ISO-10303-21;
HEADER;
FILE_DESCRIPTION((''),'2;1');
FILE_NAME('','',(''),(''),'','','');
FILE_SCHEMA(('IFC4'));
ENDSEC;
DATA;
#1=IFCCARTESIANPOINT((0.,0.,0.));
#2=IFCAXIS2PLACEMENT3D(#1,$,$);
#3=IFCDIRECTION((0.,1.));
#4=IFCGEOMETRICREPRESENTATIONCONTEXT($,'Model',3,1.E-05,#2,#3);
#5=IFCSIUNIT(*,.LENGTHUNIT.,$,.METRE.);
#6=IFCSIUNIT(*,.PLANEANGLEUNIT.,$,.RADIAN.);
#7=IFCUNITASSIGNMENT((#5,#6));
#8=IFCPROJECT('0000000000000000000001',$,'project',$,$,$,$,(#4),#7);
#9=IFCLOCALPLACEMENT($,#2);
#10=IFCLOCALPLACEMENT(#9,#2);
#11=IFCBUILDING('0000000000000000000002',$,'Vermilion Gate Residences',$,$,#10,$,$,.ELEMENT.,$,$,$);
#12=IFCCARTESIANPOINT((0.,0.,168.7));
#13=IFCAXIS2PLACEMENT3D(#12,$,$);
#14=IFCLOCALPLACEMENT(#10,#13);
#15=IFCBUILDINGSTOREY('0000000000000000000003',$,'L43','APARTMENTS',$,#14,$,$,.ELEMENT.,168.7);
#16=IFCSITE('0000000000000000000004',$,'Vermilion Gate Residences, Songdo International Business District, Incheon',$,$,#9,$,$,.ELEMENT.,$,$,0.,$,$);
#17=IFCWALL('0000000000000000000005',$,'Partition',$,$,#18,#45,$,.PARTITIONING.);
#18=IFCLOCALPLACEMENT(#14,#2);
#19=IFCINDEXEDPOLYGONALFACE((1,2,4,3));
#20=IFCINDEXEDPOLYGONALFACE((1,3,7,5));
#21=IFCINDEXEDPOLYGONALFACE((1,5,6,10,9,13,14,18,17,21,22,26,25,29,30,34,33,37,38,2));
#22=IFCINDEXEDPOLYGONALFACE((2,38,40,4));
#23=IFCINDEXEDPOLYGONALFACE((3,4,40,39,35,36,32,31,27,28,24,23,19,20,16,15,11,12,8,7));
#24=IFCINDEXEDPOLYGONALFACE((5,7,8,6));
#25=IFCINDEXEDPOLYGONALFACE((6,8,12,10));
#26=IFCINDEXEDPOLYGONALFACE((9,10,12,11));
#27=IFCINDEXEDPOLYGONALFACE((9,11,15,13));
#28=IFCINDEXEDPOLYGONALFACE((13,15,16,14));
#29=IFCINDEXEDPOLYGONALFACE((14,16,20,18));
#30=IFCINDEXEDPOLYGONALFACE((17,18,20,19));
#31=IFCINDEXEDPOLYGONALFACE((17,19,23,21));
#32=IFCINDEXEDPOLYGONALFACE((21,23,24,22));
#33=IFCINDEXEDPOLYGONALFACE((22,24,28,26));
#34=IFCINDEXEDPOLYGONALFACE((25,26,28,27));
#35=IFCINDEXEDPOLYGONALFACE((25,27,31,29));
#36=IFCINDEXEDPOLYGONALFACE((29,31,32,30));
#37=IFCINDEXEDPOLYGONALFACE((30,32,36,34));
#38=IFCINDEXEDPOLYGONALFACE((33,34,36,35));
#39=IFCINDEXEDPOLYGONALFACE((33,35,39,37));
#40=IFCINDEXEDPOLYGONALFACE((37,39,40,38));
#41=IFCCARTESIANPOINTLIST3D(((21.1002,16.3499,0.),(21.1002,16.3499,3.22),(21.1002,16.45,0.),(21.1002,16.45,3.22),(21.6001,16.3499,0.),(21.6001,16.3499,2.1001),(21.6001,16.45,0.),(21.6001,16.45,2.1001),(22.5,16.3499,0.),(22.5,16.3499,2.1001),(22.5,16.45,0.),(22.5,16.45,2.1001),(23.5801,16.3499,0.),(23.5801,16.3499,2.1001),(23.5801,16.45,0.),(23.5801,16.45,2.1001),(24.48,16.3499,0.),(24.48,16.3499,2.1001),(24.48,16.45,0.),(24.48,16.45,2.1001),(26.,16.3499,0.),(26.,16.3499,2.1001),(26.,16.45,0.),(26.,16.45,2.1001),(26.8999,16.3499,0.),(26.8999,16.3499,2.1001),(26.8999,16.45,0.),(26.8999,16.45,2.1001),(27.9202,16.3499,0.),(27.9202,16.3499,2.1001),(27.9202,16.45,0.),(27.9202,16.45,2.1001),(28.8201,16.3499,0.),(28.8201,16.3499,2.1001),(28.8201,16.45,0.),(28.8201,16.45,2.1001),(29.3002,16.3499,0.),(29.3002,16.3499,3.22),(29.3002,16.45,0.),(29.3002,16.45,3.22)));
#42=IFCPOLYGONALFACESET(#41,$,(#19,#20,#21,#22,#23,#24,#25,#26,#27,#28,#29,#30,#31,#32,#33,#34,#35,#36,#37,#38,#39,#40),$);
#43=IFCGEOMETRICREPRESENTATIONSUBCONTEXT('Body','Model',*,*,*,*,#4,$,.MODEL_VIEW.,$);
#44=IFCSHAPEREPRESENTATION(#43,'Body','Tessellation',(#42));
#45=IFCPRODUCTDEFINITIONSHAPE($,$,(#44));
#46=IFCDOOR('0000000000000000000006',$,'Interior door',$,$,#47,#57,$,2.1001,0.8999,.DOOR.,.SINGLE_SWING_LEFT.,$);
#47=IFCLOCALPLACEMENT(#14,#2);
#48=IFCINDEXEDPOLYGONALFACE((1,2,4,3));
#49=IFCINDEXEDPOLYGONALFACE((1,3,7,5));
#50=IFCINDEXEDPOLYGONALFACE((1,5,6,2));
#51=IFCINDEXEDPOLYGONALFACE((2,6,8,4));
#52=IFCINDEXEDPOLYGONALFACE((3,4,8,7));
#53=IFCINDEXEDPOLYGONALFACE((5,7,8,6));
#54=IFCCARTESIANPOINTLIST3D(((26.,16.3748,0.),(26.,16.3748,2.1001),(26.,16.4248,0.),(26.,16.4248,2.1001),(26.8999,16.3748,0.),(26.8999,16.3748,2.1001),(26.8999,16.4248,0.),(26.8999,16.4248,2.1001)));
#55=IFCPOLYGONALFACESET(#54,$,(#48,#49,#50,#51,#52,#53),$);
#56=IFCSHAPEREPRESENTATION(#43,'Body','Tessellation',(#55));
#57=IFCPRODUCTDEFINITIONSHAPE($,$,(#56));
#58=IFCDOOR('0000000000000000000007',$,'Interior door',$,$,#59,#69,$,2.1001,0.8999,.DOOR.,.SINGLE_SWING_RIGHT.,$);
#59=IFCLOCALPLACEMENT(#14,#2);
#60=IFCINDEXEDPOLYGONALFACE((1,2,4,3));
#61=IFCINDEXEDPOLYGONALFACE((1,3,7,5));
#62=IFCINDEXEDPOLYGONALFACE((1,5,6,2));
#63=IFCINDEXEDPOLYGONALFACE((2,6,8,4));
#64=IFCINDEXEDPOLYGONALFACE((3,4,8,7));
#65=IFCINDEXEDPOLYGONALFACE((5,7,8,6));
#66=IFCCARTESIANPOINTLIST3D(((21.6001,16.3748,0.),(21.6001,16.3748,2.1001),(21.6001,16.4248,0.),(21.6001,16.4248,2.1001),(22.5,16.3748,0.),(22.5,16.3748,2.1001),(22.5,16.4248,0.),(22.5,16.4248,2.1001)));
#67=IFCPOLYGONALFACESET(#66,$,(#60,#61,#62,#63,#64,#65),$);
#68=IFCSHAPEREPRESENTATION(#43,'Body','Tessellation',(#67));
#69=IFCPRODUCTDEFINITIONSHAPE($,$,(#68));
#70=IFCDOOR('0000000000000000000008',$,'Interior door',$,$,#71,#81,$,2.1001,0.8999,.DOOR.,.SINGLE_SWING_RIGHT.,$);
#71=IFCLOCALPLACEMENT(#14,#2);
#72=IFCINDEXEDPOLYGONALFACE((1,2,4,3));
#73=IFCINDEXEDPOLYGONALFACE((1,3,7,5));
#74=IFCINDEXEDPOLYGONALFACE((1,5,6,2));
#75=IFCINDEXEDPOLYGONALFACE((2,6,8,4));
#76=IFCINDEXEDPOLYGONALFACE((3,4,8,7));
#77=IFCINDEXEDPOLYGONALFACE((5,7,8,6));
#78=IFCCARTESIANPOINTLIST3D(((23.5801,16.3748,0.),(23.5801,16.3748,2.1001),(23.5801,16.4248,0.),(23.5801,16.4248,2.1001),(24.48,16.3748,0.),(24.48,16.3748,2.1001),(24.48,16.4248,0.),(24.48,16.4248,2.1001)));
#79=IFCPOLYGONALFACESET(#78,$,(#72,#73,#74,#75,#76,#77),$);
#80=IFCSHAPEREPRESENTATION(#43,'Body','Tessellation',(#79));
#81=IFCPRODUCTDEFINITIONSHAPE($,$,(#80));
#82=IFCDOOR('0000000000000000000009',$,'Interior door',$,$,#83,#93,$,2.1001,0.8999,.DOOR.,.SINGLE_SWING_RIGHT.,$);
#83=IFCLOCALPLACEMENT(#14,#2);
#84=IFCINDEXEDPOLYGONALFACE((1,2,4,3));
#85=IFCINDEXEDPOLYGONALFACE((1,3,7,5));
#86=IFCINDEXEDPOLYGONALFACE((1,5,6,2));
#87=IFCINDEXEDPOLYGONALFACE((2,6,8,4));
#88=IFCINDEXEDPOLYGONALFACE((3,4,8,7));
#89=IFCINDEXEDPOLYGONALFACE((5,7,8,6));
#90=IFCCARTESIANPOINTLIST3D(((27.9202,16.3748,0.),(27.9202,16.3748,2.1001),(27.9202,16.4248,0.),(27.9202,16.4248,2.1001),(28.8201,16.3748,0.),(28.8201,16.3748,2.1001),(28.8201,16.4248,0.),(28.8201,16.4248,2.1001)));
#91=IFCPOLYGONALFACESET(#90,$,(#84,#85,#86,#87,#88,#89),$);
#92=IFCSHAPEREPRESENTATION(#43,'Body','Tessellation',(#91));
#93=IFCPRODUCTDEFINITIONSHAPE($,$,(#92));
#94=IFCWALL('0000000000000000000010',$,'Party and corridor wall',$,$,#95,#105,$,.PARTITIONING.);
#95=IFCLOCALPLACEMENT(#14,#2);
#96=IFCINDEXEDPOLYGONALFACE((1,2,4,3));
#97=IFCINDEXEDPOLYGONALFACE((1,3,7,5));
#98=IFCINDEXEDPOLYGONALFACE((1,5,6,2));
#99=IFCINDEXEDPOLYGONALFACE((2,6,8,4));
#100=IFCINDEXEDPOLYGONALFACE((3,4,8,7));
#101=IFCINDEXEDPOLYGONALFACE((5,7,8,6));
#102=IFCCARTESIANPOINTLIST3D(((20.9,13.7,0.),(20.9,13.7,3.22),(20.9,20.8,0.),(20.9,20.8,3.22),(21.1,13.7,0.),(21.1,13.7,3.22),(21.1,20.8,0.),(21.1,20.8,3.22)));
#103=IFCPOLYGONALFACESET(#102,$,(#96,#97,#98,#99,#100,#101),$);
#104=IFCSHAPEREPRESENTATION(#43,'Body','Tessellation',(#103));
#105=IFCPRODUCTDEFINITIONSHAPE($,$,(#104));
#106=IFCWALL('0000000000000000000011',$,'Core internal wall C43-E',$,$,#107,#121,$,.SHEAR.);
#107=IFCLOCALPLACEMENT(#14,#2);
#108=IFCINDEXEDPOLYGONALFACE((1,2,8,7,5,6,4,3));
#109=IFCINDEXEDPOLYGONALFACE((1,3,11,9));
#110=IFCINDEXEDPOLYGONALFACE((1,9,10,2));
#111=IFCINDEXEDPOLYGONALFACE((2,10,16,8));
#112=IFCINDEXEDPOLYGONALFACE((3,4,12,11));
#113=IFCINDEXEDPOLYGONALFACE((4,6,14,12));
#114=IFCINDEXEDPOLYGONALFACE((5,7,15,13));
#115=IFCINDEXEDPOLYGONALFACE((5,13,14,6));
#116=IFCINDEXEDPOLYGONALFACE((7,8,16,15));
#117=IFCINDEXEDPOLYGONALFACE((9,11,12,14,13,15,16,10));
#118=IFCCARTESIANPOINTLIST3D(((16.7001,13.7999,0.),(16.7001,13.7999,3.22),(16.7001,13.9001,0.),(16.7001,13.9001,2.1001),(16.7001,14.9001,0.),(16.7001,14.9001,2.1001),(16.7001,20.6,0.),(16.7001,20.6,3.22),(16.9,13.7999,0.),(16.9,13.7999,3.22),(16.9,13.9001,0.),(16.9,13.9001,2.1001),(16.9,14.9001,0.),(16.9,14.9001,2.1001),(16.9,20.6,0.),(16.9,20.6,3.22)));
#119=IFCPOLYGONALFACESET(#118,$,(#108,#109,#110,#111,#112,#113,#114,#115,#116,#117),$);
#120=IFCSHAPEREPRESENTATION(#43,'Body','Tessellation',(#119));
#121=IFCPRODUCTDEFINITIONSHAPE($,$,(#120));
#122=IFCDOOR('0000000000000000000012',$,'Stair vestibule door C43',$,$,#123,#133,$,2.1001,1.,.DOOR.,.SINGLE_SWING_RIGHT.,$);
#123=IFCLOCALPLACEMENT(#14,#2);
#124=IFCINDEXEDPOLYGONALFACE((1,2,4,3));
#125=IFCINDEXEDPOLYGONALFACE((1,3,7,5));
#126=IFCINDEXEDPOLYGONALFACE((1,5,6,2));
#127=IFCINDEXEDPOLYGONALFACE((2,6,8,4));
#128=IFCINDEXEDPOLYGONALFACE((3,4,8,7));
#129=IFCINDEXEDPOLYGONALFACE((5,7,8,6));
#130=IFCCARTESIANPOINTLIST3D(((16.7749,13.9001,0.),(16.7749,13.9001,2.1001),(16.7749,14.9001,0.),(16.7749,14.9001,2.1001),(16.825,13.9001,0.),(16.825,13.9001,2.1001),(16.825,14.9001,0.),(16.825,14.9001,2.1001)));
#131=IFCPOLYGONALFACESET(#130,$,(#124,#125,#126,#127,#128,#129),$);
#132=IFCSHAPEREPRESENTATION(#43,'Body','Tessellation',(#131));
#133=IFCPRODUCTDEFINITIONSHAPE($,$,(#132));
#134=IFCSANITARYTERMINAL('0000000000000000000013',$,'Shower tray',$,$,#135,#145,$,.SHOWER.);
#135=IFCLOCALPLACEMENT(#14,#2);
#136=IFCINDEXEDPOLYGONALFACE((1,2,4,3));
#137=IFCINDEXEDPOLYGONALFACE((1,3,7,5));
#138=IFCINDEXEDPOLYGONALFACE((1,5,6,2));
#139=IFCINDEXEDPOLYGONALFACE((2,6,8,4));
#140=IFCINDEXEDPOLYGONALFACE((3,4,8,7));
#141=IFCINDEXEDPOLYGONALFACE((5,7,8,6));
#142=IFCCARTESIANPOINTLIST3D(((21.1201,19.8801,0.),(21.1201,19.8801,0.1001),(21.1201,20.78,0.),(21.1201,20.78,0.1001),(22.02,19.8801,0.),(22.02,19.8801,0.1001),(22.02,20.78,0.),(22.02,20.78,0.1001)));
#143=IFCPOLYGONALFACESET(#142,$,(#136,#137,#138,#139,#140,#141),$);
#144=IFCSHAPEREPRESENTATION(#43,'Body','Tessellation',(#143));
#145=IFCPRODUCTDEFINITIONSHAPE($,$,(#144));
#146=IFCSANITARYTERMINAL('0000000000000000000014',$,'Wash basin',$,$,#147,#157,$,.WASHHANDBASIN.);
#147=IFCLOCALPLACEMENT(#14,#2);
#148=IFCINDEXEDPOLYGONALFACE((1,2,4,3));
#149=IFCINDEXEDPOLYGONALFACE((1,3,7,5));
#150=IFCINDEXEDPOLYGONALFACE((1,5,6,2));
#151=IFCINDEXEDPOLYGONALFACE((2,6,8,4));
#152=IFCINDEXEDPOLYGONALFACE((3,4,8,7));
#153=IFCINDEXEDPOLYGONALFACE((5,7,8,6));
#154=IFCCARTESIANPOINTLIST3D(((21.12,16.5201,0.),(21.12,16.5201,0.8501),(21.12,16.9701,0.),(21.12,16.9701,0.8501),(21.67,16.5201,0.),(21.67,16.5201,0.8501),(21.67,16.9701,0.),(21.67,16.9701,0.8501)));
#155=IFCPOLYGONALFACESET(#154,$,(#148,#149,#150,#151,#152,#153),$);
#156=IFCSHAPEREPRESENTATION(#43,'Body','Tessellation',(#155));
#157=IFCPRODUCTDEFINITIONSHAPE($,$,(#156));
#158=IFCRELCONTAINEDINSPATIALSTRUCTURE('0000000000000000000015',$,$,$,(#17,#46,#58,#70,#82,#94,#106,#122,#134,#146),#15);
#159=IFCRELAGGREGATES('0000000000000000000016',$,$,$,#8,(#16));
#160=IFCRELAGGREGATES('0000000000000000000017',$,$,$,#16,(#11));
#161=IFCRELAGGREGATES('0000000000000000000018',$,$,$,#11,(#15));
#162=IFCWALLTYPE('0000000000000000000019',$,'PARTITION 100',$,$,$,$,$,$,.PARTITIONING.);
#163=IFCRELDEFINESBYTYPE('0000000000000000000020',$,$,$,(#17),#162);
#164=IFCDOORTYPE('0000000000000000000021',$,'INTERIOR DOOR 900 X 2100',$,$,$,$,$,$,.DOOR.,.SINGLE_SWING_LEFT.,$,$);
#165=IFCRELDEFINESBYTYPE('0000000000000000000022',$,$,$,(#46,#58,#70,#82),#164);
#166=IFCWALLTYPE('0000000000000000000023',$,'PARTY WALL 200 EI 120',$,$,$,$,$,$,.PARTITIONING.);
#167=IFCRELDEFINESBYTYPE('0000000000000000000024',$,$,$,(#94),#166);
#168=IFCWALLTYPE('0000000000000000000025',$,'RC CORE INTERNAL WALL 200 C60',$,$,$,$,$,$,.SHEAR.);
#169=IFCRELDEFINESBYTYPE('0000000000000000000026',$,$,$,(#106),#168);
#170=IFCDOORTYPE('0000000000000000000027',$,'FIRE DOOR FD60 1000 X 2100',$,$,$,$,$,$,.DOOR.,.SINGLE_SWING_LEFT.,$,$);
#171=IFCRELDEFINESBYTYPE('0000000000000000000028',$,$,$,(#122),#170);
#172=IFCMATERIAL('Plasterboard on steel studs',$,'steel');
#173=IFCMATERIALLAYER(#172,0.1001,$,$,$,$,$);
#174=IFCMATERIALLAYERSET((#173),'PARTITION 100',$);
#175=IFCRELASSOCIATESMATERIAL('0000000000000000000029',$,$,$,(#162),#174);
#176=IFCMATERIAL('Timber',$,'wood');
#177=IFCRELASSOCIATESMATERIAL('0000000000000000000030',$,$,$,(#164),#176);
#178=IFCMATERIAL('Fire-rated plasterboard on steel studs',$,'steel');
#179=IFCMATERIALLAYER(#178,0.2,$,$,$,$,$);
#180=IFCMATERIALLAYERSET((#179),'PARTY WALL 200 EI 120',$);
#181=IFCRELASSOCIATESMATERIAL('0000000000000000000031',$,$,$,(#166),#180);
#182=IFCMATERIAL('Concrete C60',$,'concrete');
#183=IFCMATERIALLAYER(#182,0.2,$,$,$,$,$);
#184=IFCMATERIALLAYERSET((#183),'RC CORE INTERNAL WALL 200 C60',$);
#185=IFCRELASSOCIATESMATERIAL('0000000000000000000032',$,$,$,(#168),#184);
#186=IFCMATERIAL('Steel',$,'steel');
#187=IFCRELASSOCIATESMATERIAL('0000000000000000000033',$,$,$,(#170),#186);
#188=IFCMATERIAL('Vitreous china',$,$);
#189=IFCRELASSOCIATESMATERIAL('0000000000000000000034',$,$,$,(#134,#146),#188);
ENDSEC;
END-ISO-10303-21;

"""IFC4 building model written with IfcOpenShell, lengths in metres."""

from ifc_helpers import new_model, si_unit, direction, frame, frame_2d, origin, origin_2d, place, context, subcontext, project, spatial, rectangle, extrude, material, layer, layer_set, type_object, element, fill, save


model = new_model("IFC4")

# Units and contexts
model_context = context("Model", 3, precision=1e-05, world=origin(), true_north=direction((0.0, 1.0)))
body_context = subcontext(model_context, "Body", "Model", "MODEL_VIEW")
ifc_project = project(units=[si_unit("LENGTHUNIT", "METRE"), si_unit("PLANEANGLEUNIT", "RADIAN")], contexts=[model_context])

# Site, building, storey
site_placement = place(None, origin())
site = spatial("IfcSite", under=ifc_project, at=site_placement, Name="Vermilion Gate Residences, Songdo International Business District, Incheon", CompositionType="ELEMENT", RefElevation=0.0)
building_placement = place(site_placement, origin())
building = spatial("IfcBuilding", under=site, at=building_placement, Name="Vermilion Gate Residences", CompositionType="ELEMENT")
storey_placement = place(building_placement, frame((0.0, 0.0, 168.7)))
storey = spatial("IfcBuildingStorey", under=building, at=storey_placement, Name="L43", Description="APARTMENTS", CompositionType="ELEMENT", Elevation=168.7)

# Wall, openings, doors
ifc_material_1 = material(Name="Plasterboard on steel studs", Category="steel")
ifc_layer_1 = layer(ifc_material_1, 0.1001)
ifc_layer_set_1 = layer_set([ifc_layer_1], Name="PARTITION 100")
wall_type_1 = type_object("IfcWallType", Name="PARTITION 100", PredefinedType="PARTITIONING", material=ifc_layer_set_1)
ifc_material_2 = material(Name="Timber", Category="wood")
door_type_1 = type_object("IfcDoorType", Name="INTERIOR DOOR 900 X 2100", OperationType="SINGLE_SWING_LEFT", PredefinedType="DOOR", material=ifc_material_2)
wall_1_placement = place(storey_placement, frame((21.1001, 16.3999, 0.0), z_axis=(0.0, 0.0, 1.0), x_axis=(1.0, 0.0, 0.0)))
wall_1 = element("IfcWall", 1, at=wall_1_placement, inside=storey, type_object=wall_type_1, Name="Partition", PredefinedType="PARTITIONING", context=body_context, shape_type="SweptSolid", body=[
    extrude(rectangle(XDim=8.2, YDim=0.1001, at=frame_2d((4.1001, 0.0))), origin(), (0.0, 0.0, 1.0), 3.22),
])
opening_1_placement = place(wall_1_placement, frame((4.8999, 0.0, 0.0)))
opening_1 = element("IfcOpeningElement", 2, at=opening_1_placement, cuts=wall_1, PredefinedType="OPENING", context=body_context, shape_type="SweptSolid", body=[
    extrude(rectangle(XDim=0.8999, YDim=2.1001, at=frame_2d((0.45, 1.05))), frame((0.0, 0.0601, 0.0), z_axis=(0.0, -1.0, 0.0), x_axis=(1.0, 0.0, 0.0)), (0.0, 0.0, 1.0), 0.1201),
])
opening_2_placement = place(wall_1_placement, frame((0.5, 0.0, 0.0)))
opening_2 = element("IfcOpeningElement", 3, at=opening_2_placement, cuts=wall_1, PredefinedType="OPENING", context=body_context, shape_type="SweptSolid", body=[
    extrude(rectangle(XDim=0.8999, YDim=2.1001, at=frame_2d((0.45, 1.05))), frame((0.0, 0.0601, 0.0), z_axis=(0.0, -1.0, 0.0), x_axis=(1.0, 0.0, 0.0)), (0.0, 0.0, 1.0), 0.1201),
])
opening_3_placement = place(wall_1_placement, frame((2.48, 0.0, 0.0)))
opening_3 = element("IfcOpeningElement", 4, at=opening_3_placement, cuts=wall_1, PredefinedType="OPENING", context=body_context, shape_type="SweptSolid", body=[
    extrude(rectangle(XDim=0.8999, YDim=2.1001, at=frame_2d((0.45, 1.05))), frame((0.0, 0.0601, 0.0), z_axis=(0.0, -1.0, 0.0), x_axis=(1.0, 0.0, 0.0)), (0.0, 0.0, 1.0), 0.1201),
])
opening_4_placement = place(wall_1_placement, frame((6.8201, 0.0, 0.0)))
opening_4 = element("IfcOpeningElement", 5, at=opening_4_placement, cuts=wall_1, PredefinedType="OPENING", context=body_context, shape_type="SweptSolid", body=[
    extrude(rectangle(XDim=0.8999, YDim=2.1001, at=frame_2d((0.45, 1.05))), frame((0.0, 0.0601, 0.0), z_axis=(0.0, -1.0, 0.0), x_axis=(1.0, 0.0, 0.0)), (0.0, 0.0, 1.0), 0.1201),
])
door_1_placement = place(opening_1_placement, origin())
door_1 = element("IfcDoor", 6, at=door_1_placement, inside=storey, type_object=door_type_1, Name="Interior door", OperationType="SINGLE_SWING_LEFT", OverallHeight=2.1001, OverallWidth=0.8999, PredefinedType="DOOR", context=body_context, shape_type="SweptSolid", body=[
    extrude(rectangle(XDim=0.8999, YDim=2.1001, at=frame_2d((0.45, 1.05))), frame((0.0, 0.0249, 0.0), z_axis=(0.0, -1.0, 0.0), x_axis=(1.0, 0.0, 0.0)), (0.0, 0.0, 1.0), 0.05),
])
fill(opening_1, door_1)
door_2_placement = place(opening_2_placement, origin())
door_2 = element("IfcDoor", 7, at=door_2_placement, inside=storey, type_object=door_type_1, Name="Interior door", OperationType="SINGLE_SWING_RIGHT", OverallHeight=2.1001, OverallWidth=0.8999, PredefinedType="DOOR", context=body_context, shape_type="SweptSolid", body=[
    extrude(rectangle(XDim=0.8999, YDim=2.1001, at=frame_2d((0.45, 1.05))), frame((0.0, 0.0249, 0.0), z_axis=(0.0, -1.0, 0.0), x_axis=(1.0, 0.0, 0.0)), (0.0, 0.0, 1.0), 0.05),
])
fill(opening_2, door_2)
door_3_placement = place(opening_3_placement, origin())
door_3 = element("IfcDoor", 8, at=door_3_placement, inside=storey, type_object=door_type_1, Name="Interior door", OperationType="SINGLE_SWING_RIGHT", OverallHeight=2.1001, OverallWidth=0.8999, PredefinedType="DOOR", context=body_context, shape_type="SweptSolid", body=[
    extrude(rectangle(XDim=0.8999, YDim=2.1001, at=frame_2d((0.45, 1.05))), frame((0.0, 0.0249, 0.0), z_axis=(0.0, -1.0, 0.0), x_axis=(1.0, 0.0, 0.0)), (0.0, 0.0, 1.0), 0.05),
])
fill(opening_3, door_3)
door_4_placement = place(opening_4_placement, origin())
door_4 = element("IfcDoor", 9, at=door_4_placement, inside=storey, type_object=door_type_1, Name="Interior door", OperationType="SINGLE_SWING_RIGHT", OverallHeight=2.1001, OverallWidth=0.8999, PredefinedType="DOOR", context=body_context, shape_type="SweptSolid", body=[
    extrude(rectangle(XDim=0.8999, YDim=2.1001, at=frame_2d((0.45, 1.05))), frame((0.0, 0.0249, 0.0), z_axis=(0.0, -1.0, 0.0), x_axis=(1.0, 0.0, 0.0)), (0.0, 0.0, 1.0), 0.05),
])
fill(opening_4, door_4)

# Wall
ifc_material_3 = material(Name="Fire-rated plasterboard on steel studs", Category="steel")
ifc_layer_2 = layer(ifc_material_3, 0.2)
ifc_layer_set_2 = layer_set([ifc_layer_2], Name="PARTY WALL 200 EI 120")
wall_type_2 = type_object("IfcWallType", Name="PARTY WALL 200 EI 120", PredefinedType="PARTITIONING", material=ifc_layer_set_2)
wall_2_placement = place(storey_placement, frame((21.0, 13.7, 0.0), z_axis=(0.0, 0.0, 1.0), x_axis=(0.0, 1.0, 0.0)))
element("IfcWall", 10, at=wall_2_placement, inside=storey, type_object=wall_type_2, Name="Party and corridor wall", PredefinedType="PARTITIONING", context=body_context, shape_type="SweptSolid", body=[
    extrude(rectangle(XDim=7.1001, YDim=0.2, at=frame_2d((3.55, 0.0))), origin(), (0.0, 0.0, 1.0), 3.22),
])

# Wall, opening, door
ifc_material_4 = material(Name="Concrete C60", Category="concrete")
ifc_layer_3 = layer(ifc_material_4, 0.2)
ifc_layer_set_3 = layer_set([ifc_layer_3], Name="RC CORE INTERNAL WALL 200 C60")
wall_type_3 = type_object("IfcWallType", Name="RC CORE INTERNAL WALL 200 C60", PredefinedType="SHEAR", material=ifc_layer_set_3)
wall_3_placement = place(storey_placement, frame((16.8, 13.8, 0.0), z_axis=(0.0, 0.0, 1.0), x_axis=(0.0, 1.0, 0.0)))
wall_3 = element("IfcWall", 11, at=wall_3_placement, inside=storey, type_object=wall_type_3, Name="Core internal wall C43-E", PredefinedType="SHEAR", context=body_context, shape_type="SweptSolid", body=[
    extrude(rectangle(XDim=6.8, YDim=0.2, at=frame_2d((3.3999, 0.0))), origin(), (0.0, 0.0, 1.0), 3.22),
])
opening_5_placement = place(wall_3_placement, frame((0.1001, 0.0, 0.0)))
opening_5 = element("IfcOpeningElement", 12, at=opening_5_placement, cuts=wall_3, PredefinedType="OPENING", context=body_context, shape_type="SweptSolid", body=[
    extrude(rectangle(XDim=1.0, YDim=2.1001, at=frame_2d((0.5, 1.05))), frame((0.0, 0.1099, 0.0), z_axis=(0.0, -1.0, 0.0), x_axis=(1.0, 0.0, 0.0)), (0.0, 0.0, 1.0), 0.22),
])
ifc_material_5 = material(Name="Steel", Category="steel")
door_type_2 = type_object("IfcDoorType", Name="FIRE DOOR FD60 1000 X 2100", OperationType="SINGLE_SWING_LEFT", PredefinedType="DOOR", material=ifc_material_5)
door_5_placement = place(opening_5_placement, frame((1.0, 0.0, 0.0), z_axis=(0.0, 0.0, 1.0), x_axis=(-1.0, 0.0, 0.0)))
door_5 = element("IfcDoor", 13, at=door_5_placement, inside=storey, type_object=door_type_2, Name="Stair vestibule door C43", OperationType="SINGLE_SWING_RIGHT", OverallHeight=2.1001, OverallWidth=1.0, PredefinedType="DOOR", context=body_context, shape_type="SweptSolid", body=[
    extrude(rectangle(XDim=1.0, YDim=2.1001, at=frame_2d((0.5, 1.05))), frame((0.0, 0.0249, 0.0), z_axis=(0.0, -1.0, 0.0), x_axis=(1.0, 0.0, 0.0)), (0.0, 0.0, 1.0), 0.05),
])
fill(opening_5, door_5)

# Sanitary terminals
ifc_material_6 = material(Name="Vitreous china")
sanitary_terminal_1_placement = place(storey_placement, frame((21.5701, 20.3301, 0.0), z_axis=(0.0, 0.0, 1.0), x_axis=(1.0, 0.0, 0.0)))
element("IfcSanitaryTerminal", 14, at=sanitary_terminal_1_placement, inside=storey, material=ifc_material_6, Name="Shower tray", PredefinedType="SHOWER", context=body_context, shape_type="SweptSolid", body=[
    extrude(rectangle(XDim=0.8999, YDim=0.8999, at=origin_2d()), origin(), (0.0, 0.0, 1.0), 0.1001),
])
sanitary_terminal_2_placement = place(storey_placement, frame((21.395, 16.7451, 0.0), z_axis=(0.0, 0.0, 1.0), x_axis=(1.0, 0.0, 0.0)))
element("IfcSanitaryTerminal", 15, at=sanitary_terminal_2_placement, inside=storey, material=ifc_material_6, Name="Wash basin", PredefinedType="WASHHANDBASIN", context=body_context, shape_type="SweptSolid", body=[
    extrude(rectangle(XDim=0.55, YDim=0.45, at=origin_2d()), origin(), (0.0, 0.0, 1.0), 0.8501),
])

save(model, "model.ifc")
